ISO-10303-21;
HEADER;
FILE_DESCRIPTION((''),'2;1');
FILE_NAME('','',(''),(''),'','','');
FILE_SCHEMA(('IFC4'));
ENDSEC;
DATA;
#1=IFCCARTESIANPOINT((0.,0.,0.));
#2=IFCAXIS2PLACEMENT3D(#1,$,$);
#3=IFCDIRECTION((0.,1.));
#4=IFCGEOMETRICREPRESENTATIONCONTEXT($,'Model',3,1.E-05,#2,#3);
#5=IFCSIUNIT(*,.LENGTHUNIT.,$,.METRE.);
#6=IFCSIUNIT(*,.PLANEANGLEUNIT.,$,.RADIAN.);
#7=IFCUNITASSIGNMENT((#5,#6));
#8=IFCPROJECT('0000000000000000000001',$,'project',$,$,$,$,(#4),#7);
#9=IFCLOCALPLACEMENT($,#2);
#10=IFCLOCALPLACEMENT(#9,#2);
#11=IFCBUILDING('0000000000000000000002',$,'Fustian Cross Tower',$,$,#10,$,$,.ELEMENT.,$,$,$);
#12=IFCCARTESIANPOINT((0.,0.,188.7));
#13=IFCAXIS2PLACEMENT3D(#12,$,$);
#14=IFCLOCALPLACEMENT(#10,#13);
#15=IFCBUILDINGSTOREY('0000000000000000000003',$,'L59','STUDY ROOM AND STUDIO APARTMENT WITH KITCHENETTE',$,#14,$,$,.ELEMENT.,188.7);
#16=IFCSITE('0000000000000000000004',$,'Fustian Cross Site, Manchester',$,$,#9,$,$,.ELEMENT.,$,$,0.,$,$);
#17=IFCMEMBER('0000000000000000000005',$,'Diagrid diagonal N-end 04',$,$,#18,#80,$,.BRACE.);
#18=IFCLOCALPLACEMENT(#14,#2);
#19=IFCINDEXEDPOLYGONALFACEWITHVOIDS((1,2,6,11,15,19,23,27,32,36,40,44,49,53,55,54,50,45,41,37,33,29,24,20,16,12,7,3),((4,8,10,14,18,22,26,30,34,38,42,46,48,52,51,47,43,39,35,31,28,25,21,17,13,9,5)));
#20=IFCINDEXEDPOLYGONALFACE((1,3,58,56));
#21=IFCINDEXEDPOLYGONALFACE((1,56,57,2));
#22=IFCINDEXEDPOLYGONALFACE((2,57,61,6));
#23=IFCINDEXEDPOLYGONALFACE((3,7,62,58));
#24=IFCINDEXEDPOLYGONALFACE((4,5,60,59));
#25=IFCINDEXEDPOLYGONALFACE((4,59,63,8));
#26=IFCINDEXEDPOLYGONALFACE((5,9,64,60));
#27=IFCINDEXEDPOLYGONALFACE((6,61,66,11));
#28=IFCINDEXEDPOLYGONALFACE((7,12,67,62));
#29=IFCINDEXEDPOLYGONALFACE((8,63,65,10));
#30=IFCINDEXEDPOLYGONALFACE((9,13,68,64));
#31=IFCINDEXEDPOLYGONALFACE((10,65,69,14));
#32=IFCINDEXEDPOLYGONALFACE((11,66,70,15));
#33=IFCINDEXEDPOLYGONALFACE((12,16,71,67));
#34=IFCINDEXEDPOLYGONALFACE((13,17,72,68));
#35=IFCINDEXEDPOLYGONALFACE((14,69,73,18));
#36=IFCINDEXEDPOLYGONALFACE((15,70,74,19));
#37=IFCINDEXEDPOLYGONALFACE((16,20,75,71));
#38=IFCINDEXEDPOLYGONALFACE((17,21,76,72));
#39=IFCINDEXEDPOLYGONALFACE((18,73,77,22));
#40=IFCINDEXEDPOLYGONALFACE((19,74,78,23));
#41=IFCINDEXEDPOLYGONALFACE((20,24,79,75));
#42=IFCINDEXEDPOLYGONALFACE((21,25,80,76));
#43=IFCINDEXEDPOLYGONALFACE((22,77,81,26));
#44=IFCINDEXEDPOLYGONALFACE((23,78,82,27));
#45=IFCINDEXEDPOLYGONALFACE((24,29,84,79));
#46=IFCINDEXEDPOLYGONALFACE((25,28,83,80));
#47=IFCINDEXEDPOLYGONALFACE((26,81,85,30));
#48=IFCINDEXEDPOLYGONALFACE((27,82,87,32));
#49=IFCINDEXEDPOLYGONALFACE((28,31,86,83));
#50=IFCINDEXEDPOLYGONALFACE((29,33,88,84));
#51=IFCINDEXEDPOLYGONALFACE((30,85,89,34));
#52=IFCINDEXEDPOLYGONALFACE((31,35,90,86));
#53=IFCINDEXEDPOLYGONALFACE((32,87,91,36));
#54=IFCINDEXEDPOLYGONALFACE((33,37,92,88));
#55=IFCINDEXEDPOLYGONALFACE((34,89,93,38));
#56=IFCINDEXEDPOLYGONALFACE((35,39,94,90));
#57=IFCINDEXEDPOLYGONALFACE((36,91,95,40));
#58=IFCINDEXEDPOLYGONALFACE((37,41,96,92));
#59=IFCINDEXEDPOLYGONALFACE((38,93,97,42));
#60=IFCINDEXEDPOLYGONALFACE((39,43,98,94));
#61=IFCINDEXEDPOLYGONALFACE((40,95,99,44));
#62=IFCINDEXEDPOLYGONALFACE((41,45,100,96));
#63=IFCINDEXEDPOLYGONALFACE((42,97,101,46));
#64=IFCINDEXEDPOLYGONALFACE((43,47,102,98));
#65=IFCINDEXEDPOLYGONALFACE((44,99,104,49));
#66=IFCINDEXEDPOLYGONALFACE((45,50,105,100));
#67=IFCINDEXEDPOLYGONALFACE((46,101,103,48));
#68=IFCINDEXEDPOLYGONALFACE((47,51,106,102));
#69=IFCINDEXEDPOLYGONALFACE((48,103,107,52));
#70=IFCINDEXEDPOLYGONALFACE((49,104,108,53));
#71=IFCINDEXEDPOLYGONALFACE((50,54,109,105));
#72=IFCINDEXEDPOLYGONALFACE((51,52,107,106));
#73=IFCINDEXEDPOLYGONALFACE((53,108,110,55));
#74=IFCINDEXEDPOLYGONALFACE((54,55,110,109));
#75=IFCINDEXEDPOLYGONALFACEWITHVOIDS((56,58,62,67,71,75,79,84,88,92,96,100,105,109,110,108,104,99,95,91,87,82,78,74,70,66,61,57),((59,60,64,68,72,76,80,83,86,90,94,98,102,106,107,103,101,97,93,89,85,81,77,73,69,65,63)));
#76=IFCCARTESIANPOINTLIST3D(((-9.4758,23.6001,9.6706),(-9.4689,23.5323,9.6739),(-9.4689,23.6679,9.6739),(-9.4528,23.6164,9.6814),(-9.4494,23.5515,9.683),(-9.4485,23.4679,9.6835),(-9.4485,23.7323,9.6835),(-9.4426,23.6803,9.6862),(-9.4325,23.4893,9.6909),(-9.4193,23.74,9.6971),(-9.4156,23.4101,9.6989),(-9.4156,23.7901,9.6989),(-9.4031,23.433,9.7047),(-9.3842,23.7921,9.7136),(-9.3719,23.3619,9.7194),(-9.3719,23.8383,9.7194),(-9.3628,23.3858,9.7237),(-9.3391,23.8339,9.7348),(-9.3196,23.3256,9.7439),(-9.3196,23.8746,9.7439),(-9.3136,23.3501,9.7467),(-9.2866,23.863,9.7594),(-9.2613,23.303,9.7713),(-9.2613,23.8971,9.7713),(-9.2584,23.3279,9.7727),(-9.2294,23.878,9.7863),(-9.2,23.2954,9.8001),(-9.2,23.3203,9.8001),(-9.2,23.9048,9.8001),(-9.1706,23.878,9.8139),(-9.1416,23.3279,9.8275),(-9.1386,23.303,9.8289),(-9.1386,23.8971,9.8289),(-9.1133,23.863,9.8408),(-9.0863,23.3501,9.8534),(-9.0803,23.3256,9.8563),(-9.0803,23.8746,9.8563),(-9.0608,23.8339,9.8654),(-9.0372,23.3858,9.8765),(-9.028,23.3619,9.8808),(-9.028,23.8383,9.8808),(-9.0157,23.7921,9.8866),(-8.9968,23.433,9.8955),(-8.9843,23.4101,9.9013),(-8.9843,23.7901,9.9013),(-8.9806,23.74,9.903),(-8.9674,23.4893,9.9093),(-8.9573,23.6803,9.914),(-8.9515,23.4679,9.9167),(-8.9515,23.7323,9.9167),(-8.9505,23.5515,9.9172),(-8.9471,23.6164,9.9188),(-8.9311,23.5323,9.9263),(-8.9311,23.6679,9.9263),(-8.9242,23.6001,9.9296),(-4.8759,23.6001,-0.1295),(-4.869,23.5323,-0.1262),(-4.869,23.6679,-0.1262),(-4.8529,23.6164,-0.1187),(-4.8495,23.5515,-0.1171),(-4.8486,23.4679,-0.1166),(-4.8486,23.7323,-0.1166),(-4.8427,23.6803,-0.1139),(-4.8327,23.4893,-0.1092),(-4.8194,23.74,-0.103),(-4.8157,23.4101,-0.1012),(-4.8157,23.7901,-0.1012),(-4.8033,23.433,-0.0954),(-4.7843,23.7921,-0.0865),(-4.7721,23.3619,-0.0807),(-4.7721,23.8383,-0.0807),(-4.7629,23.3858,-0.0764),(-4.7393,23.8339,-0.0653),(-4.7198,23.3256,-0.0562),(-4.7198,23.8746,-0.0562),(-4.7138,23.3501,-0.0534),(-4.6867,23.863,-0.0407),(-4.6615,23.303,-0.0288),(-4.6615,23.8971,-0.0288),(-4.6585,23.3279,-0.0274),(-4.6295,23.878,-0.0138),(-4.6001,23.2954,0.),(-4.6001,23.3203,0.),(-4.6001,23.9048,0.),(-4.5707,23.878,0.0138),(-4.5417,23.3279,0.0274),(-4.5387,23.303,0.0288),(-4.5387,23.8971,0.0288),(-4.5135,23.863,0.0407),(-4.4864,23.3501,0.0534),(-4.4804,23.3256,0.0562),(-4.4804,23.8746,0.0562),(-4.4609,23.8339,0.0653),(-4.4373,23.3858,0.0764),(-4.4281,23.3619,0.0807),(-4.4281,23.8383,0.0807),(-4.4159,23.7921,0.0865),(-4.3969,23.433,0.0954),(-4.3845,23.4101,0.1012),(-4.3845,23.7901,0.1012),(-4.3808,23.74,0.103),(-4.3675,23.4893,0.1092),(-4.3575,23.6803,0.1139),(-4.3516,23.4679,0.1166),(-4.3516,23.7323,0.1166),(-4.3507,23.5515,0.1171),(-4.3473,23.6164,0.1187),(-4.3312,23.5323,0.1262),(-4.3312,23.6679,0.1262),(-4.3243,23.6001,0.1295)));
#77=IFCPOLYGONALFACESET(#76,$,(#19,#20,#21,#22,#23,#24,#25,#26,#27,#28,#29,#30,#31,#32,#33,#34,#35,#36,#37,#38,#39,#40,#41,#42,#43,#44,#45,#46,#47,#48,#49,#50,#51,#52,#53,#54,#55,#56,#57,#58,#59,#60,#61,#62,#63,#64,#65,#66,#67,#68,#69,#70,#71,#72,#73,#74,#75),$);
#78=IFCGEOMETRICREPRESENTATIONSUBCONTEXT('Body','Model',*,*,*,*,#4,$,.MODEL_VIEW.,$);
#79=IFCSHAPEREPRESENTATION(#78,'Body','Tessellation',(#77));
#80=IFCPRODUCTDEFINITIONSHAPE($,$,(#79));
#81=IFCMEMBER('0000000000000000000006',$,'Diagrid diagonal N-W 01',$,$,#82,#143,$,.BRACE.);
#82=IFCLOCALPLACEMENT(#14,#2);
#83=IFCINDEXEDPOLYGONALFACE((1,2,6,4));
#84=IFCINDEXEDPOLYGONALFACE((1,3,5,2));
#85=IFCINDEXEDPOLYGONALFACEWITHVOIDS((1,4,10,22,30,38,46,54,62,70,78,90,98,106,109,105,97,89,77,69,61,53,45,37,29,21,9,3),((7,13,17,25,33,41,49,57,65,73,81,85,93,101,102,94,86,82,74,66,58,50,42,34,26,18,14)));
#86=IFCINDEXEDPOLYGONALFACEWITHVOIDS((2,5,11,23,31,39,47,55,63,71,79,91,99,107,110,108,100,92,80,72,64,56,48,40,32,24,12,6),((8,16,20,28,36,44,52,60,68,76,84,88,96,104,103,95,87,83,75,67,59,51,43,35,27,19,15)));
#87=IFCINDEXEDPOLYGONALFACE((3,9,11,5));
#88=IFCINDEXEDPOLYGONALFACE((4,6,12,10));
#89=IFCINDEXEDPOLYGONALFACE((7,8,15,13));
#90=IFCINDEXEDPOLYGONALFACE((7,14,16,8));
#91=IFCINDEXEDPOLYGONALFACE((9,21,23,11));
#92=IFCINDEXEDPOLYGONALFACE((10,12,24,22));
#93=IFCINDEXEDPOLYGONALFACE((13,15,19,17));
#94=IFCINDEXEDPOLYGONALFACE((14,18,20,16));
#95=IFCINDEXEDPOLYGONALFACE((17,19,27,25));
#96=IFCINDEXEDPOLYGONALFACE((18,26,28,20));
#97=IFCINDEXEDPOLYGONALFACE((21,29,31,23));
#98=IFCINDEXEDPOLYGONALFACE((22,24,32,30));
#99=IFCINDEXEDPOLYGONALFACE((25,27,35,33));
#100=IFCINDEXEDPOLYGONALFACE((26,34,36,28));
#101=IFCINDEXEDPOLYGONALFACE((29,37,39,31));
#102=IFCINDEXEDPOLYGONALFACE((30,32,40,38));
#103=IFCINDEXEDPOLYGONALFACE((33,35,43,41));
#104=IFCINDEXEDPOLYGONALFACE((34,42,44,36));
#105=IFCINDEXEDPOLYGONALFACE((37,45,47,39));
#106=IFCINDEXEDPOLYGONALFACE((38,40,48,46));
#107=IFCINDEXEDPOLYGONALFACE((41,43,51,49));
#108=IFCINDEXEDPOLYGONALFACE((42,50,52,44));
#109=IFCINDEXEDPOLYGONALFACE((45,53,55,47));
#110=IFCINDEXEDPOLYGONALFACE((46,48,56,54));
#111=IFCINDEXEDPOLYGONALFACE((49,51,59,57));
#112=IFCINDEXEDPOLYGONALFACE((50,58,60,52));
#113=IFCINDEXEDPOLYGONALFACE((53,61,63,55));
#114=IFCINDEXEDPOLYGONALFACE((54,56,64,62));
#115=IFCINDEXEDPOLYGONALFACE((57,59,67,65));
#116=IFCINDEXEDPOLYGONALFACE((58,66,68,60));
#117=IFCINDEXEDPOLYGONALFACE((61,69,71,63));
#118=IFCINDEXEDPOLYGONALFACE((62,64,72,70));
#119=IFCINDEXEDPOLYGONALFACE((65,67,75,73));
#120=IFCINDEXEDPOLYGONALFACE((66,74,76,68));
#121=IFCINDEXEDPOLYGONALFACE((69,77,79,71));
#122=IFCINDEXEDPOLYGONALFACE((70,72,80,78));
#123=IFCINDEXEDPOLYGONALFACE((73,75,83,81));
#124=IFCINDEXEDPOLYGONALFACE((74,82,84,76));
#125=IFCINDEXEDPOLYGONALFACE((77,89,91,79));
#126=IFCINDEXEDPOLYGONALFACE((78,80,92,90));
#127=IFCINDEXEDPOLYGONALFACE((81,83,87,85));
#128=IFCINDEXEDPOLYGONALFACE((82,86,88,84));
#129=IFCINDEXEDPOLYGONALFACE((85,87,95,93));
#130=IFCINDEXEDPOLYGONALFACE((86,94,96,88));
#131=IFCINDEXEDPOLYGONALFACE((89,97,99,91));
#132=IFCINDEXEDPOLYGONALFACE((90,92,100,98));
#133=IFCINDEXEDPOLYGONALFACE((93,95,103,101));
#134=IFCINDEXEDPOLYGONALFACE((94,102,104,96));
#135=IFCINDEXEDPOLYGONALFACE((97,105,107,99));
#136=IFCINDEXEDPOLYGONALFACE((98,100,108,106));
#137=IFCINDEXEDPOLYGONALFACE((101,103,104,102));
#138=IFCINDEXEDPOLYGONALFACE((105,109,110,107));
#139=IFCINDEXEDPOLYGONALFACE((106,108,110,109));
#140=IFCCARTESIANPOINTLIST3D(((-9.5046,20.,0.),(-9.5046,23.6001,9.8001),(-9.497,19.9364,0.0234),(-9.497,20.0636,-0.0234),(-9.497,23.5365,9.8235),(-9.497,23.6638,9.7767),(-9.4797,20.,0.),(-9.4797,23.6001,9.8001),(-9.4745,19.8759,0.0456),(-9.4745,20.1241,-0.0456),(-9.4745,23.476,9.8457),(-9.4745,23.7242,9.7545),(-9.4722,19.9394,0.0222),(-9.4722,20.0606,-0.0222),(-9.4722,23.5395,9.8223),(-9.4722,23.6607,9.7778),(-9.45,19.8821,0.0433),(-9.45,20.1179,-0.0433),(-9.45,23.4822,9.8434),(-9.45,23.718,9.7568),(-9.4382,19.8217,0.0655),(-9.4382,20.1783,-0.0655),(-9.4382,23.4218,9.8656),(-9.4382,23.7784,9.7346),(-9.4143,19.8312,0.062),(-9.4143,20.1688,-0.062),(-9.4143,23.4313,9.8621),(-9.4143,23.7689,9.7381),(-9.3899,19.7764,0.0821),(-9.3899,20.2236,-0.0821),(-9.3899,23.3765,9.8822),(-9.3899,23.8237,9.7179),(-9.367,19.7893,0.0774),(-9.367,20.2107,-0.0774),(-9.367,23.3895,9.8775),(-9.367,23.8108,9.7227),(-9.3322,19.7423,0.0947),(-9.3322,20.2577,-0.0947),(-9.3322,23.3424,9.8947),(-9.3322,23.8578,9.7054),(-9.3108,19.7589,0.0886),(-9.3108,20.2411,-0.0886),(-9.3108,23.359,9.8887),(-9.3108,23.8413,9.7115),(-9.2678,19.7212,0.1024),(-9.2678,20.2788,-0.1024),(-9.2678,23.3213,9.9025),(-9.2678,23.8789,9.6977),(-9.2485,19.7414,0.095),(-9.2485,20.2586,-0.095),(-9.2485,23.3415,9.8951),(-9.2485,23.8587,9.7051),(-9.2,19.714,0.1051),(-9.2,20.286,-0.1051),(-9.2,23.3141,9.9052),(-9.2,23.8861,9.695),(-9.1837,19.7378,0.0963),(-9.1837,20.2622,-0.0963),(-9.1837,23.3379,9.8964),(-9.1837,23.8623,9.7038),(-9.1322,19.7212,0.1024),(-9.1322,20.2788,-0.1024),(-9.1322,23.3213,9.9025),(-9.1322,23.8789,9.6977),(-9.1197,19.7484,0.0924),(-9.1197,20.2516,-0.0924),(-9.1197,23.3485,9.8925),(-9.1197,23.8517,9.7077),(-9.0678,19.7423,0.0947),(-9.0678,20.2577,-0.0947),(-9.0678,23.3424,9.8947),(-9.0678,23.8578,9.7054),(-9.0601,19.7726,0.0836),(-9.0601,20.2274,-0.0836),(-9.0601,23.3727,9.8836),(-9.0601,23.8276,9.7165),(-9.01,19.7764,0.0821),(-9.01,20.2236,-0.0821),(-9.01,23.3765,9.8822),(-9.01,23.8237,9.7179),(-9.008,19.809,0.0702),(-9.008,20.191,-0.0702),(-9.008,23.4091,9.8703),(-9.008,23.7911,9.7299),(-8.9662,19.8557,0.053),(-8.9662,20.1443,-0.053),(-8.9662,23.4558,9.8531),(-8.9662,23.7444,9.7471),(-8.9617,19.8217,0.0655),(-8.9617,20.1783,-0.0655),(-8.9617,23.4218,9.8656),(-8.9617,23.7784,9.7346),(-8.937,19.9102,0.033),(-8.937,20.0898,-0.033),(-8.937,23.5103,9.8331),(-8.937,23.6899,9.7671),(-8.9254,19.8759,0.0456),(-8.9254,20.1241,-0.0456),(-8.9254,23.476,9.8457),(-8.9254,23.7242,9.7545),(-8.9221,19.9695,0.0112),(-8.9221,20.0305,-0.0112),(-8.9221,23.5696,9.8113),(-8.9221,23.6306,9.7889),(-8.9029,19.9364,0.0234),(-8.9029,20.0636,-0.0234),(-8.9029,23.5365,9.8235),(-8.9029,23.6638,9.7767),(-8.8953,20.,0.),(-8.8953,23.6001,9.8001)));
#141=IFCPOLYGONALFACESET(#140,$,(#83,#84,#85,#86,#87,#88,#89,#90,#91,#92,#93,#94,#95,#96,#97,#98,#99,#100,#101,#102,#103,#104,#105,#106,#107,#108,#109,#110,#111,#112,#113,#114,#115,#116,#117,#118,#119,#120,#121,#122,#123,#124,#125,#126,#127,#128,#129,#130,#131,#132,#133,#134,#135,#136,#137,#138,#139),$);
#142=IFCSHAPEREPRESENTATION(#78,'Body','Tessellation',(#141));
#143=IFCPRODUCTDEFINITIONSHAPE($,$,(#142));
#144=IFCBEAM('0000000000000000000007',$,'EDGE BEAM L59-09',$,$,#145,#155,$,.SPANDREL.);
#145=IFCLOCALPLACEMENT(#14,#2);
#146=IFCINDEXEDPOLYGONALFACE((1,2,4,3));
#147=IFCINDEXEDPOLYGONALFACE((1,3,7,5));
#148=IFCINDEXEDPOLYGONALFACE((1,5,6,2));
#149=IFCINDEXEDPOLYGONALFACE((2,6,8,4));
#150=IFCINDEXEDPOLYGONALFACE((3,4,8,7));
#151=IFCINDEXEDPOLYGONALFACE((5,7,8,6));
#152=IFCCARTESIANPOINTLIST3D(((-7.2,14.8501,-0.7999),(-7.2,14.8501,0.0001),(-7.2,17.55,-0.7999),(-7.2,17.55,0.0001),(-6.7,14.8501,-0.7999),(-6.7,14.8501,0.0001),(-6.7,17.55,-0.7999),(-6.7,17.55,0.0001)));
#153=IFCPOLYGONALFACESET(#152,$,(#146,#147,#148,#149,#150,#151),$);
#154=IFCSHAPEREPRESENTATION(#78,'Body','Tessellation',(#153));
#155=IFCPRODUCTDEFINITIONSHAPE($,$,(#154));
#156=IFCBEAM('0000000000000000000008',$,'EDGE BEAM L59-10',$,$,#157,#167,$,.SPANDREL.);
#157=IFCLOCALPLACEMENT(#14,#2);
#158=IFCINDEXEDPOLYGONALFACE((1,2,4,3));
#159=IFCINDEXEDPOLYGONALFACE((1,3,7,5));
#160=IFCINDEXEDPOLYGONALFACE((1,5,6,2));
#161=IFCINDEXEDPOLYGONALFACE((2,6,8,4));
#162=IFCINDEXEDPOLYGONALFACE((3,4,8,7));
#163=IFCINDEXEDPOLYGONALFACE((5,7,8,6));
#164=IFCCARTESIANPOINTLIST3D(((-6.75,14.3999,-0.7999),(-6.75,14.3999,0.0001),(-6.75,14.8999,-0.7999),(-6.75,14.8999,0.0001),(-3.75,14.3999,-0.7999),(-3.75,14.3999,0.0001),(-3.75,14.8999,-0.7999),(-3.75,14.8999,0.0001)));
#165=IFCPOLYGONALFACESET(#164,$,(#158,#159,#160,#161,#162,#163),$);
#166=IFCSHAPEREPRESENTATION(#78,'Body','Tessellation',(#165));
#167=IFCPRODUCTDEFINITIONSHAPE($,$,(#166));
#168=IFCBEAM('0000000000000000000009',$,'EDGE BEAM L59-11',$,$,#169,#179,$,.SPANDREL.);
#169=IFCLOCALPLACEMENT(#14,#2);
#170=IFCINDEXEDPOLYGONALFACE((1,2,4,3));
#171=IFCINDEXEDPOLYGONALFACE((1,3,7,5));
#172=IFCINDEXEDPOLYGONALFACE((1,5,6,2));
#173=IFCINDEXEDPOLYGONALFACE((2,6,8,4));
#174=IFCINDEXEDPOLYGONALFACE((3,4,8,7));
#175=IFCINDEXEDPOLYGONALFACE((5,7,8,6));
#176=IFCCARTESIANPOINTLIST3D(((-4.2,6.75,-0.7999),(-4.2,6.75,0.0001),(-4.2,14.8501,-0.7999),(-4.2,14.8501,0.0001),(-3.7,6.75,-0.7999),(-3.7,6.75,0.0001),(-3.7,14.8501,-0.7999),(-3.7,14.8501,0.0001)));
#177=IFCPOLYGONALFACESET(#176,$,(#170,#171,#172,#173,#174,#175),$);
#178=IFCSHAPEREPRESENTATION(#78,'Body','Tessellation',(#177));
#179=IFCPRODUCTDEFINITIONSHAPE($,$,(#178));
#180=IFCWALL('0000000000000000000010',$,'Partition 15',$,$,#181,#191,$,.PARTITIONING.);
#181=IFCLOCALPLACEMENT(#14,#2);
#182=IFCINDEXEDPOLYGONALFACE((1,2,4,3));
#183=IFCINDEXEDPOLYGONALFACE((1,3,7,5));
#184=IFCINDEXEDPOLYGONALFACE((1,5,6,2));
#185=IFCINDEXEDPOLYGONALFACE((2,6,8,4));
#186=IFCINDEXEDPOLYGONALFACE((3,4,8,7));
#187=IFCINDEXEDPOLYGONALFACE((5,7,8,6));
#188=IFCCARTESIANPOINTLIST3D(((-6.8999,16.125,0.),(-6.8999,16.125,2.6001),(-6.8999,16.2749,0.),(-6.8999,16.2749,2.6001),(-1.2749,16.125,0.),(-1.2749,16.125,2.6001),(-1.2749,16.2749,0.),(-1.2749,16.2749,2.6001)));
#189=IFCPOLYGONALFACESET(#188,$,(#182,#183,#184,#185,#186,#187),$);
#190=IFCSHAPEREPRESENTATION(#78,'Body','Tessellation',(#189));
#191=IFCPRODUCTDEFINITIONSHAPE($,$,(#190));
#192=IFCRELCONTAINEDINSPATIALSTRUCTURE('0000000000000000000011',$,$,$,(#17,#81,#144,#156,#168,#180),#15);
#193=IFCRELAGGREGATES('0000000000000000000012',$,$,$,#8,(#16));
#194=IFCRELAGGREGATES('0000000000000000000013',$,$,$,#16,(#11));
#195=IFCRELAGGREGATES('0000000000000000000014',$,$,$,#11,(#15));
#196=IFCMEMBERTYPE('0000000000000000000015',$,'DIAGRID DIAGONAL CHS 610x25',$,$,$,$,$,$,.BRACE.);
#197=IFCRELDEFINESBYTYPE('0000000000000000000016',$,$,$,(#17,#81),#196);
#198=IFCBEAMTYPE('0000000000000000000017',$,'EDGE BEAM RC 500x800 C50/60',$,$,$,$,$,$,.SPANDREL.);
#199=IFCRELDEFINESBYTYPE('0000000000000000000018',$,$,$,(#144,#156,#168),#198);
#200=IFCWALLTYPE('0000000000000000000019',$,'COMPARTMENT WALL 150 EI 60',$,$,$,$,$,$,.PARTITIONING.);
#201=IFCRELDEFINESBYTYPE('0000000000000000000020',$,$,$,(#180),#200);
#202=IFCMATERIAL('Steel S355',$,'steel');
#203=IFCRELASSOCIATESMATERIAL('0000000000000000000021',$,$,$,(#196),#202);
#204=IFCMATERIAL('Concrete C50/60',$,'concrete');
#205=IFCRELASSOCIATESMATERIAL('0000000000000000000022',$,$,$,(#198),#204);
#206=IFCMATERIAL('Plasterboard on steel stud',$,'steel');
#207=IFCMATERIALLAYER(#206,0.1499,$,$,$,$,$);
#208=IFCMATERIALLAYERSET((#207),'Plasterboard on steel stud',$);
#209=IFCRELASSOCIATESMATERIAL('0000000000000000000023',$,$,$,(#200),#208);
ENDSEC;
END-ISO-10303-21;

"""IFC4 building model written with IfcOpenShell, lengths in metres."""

from ifc_helpers import new_model, si_unit, direction, frame, frame_2d, origin, origin_2d, place, context, subcontext, project, spatial, rectangle, hollow_circle, extrude, material, layer, layer_set, material_profile, profile_set, type_object, element, save


model = new_model("IFC4")

# Units and contexts
model_context = context("Model", 3, precision=1e-05, world=origin(), true_north=direction((0.0, 1.0)))
body_context = subcontext(model_context, "Body", "Model", "MODEL_VIEW")
ifc_project = project(units=[si_unit("LENGTHUNIT", "METRE"), si_unit("PLANEANGLEUNIT", "RADIAN")], contexts=[model_context])

# Site, building, storey
site_placement = place(None, origin())
site = spatial("IfcSite", under=ifc_project, at=site_placement, Name="Fustian Cross Site, Manchester", CompositionType="ELEMENT", RefElevation=0.0)
building_placement = place(site_placement, origin())
building = spatial("IfcBuilding", under=site, at=building_placement, Name="Fustian Cross Tower", CompositionType="ELEMENT")
storey_placement = place(building_placement, frame((0.0, 0.0, 188.7)))
storey = spatial("IfcBuildingStorey", under=building, at=storey_placement, Name="L59", Description="STUDY ROOM AND STUDIO APARTMENT WITH KITCHENETTE", CompositionType="ELEMENT", Elevation=188.7)

# Members
ifc_material_1 = material(Name="Steel S355", Category="steel")
ifc_material_profile_1 = material_profile(ifc_material_1, hollow_circle(Radius=0.3047, WallThickness=0.0249, at=origin_2d()), Name="CHS 610x25")
ifc_profile_set_1 = profile_set([ifc_material_profile_1], Name="Steel S355")
member_type_1 = type_object("IfcMemberType", Name="DIAGRID DIAGONAL CHS 610x25", PredefinedType="BRACE", material=ifc_profile_set_1)
member_1_placement = place(storey_placement, frame((-4.6001, 23.6001, 0.0), z_axis=(-0.424894, 0.0, 0.905243), x_axis=(0.0, -1.0, 0.0)))
element("IfcMember", 1, at=member_1_placement, inside=storey, type_object=member_type_1, Name="Diagrid diagonal N-end 04", PredefinedType="BRACE", context=body_context, shape_type="SweptSolid", body=[
    extrude(hollow_circle(Radius=0.3047, WallThickness=0.0249, at=origin_2d()), origin(), (0.0, 0.0, 1.0), 10.8259),
])
member_2_placement = place(storey_placement, frame((-9.2, 20.0, 0.0), z_axis=(0.0, 0.344824, 0.938667), x_axis=(-1.0, 0.0, 0.0)))
element("IfcMember", 2, at=member_2_placement, inside=storey, type_object=member_type_1, Name="Diagrid diagonal N-W 01", PredefinedType="BRACE", context=body_context, shape_type="SweptSolid", body=[
    extrude(hollow_circle(Radius=0.3047, WallThickness=0.0249, at=origin_2d()), origin(), (0.0, 0.0, 1.0), 10.4404),
])

# Beams
ifc_material_2 = material(Name="Concrete C50/60", Category="concrete")
ifc_material_profile_2 = material_profile(ifc_material_2, rectangle(XDim=0.5, YDim=0.8, at=origin_2d()), Name="RC 500x800")
ifc_profile_set_2 = profile_set([ifc_material_profile_2], Name="Concrete C50/60")
beam_type = type_object("IfcBeamType", Name="EDGE BEAM RC 500x800 C50/60", PredefinedType="SPANDREL", material=ifc_profile_set_2)
beam_1_placement = place(storey_placement, frame((-6.95, 17.55, -0.3999), z_axis=(0.0, -1.0, 0.0), x_axis=(1.0, 0.0, 0.0)))
element("IfcBeam", 3, at=beam_1_placement, inside=storey, type_object=beam_type, Name="EDGE BEAM L59-09", PredefinedType="SPANDREL", context=body_context, shape_type="SweptSolid", body=[
    extrude(rectangle(XDim=0.5, YDim=0.8, at=origin_2d()), origin(), (0.0, 0.0, 1.0), 2.7),
])
beam_2_placement = place(storey_placement, frame((-6.75, 14.6499, -0.3999), z_axis=(1.0, 0.0, 0.0), x_axis=(0.0, 1.0, 0.0)))
element("IfcBeam", 4, at=beam_2_placement, inside=storey, type_object=beam_type, Name="EDGE BEAM L59-10", PredefinedType="SPANDREL", context=body_context, shape_type="SweptSolid", body=[
    extrude(rectangle(XDim=0.5, YDim=0.8, at=origin_2d()), origin(), (0.0, 0.0, 1.0), 3.0),
])
beam_3_placement = place(storey_placement, frame((-3.95, 14.8501, -0.3999), z_axis=(0.0, -1.0, 0.0), x_axis=(1.0, 0.0, 0.0)))
element("IfcBeam", 5, at=beam_3_placement, inside=storey, type_object=beam_type, Name="EDGE BEAM L59-11", PredefinedType="SPANDREL", context=body_context, shape_type="SweptSolid", body=[
    extrude(rectangle(XDim=0.5, YDim=0.8, at=origin_2d()), origin(), (0.0, 0.0, 1.0), 8.1001),
])

# Wall
ifc_material_3 = material(Name="Plasterboard on steel stud", Category="steel")
ifc_layer_1 = layer(ifc_material_3, 0.1499)
ifc_layer_set_1 = layer_set([ifc_layer_1], Name="Plasterboard on steel stud")
wall_type_1 = type_object("IfcWallType", Name="COMPARTMENT WALL 150 EI 60", PredefinedType="PARTITIONING", material=ifc_layer_set_1)
wall_1_placement = place(storey_placement, frame((-6.8999, 16.2, 0.0), z_axis=(0.0, 0.0, 1.0), x_axis=(1.0, 0.0, 0.0)))
element("IfcWall", 6, at=wall_1_placement, inside=storey, type_object=wall_type_1, Name="Partition 15", PredefinedType="PARTITIONING", context=body_context, shape_type="SweptSolid", body=[
    extrude(rectangle(XDim=5.625, YDim=0.1499, at=frame_2d((2.8125, 0.0))), origin(), (0.0, 0.0, 1.0), 2.6001),
])

save(model, "model.ifc")
